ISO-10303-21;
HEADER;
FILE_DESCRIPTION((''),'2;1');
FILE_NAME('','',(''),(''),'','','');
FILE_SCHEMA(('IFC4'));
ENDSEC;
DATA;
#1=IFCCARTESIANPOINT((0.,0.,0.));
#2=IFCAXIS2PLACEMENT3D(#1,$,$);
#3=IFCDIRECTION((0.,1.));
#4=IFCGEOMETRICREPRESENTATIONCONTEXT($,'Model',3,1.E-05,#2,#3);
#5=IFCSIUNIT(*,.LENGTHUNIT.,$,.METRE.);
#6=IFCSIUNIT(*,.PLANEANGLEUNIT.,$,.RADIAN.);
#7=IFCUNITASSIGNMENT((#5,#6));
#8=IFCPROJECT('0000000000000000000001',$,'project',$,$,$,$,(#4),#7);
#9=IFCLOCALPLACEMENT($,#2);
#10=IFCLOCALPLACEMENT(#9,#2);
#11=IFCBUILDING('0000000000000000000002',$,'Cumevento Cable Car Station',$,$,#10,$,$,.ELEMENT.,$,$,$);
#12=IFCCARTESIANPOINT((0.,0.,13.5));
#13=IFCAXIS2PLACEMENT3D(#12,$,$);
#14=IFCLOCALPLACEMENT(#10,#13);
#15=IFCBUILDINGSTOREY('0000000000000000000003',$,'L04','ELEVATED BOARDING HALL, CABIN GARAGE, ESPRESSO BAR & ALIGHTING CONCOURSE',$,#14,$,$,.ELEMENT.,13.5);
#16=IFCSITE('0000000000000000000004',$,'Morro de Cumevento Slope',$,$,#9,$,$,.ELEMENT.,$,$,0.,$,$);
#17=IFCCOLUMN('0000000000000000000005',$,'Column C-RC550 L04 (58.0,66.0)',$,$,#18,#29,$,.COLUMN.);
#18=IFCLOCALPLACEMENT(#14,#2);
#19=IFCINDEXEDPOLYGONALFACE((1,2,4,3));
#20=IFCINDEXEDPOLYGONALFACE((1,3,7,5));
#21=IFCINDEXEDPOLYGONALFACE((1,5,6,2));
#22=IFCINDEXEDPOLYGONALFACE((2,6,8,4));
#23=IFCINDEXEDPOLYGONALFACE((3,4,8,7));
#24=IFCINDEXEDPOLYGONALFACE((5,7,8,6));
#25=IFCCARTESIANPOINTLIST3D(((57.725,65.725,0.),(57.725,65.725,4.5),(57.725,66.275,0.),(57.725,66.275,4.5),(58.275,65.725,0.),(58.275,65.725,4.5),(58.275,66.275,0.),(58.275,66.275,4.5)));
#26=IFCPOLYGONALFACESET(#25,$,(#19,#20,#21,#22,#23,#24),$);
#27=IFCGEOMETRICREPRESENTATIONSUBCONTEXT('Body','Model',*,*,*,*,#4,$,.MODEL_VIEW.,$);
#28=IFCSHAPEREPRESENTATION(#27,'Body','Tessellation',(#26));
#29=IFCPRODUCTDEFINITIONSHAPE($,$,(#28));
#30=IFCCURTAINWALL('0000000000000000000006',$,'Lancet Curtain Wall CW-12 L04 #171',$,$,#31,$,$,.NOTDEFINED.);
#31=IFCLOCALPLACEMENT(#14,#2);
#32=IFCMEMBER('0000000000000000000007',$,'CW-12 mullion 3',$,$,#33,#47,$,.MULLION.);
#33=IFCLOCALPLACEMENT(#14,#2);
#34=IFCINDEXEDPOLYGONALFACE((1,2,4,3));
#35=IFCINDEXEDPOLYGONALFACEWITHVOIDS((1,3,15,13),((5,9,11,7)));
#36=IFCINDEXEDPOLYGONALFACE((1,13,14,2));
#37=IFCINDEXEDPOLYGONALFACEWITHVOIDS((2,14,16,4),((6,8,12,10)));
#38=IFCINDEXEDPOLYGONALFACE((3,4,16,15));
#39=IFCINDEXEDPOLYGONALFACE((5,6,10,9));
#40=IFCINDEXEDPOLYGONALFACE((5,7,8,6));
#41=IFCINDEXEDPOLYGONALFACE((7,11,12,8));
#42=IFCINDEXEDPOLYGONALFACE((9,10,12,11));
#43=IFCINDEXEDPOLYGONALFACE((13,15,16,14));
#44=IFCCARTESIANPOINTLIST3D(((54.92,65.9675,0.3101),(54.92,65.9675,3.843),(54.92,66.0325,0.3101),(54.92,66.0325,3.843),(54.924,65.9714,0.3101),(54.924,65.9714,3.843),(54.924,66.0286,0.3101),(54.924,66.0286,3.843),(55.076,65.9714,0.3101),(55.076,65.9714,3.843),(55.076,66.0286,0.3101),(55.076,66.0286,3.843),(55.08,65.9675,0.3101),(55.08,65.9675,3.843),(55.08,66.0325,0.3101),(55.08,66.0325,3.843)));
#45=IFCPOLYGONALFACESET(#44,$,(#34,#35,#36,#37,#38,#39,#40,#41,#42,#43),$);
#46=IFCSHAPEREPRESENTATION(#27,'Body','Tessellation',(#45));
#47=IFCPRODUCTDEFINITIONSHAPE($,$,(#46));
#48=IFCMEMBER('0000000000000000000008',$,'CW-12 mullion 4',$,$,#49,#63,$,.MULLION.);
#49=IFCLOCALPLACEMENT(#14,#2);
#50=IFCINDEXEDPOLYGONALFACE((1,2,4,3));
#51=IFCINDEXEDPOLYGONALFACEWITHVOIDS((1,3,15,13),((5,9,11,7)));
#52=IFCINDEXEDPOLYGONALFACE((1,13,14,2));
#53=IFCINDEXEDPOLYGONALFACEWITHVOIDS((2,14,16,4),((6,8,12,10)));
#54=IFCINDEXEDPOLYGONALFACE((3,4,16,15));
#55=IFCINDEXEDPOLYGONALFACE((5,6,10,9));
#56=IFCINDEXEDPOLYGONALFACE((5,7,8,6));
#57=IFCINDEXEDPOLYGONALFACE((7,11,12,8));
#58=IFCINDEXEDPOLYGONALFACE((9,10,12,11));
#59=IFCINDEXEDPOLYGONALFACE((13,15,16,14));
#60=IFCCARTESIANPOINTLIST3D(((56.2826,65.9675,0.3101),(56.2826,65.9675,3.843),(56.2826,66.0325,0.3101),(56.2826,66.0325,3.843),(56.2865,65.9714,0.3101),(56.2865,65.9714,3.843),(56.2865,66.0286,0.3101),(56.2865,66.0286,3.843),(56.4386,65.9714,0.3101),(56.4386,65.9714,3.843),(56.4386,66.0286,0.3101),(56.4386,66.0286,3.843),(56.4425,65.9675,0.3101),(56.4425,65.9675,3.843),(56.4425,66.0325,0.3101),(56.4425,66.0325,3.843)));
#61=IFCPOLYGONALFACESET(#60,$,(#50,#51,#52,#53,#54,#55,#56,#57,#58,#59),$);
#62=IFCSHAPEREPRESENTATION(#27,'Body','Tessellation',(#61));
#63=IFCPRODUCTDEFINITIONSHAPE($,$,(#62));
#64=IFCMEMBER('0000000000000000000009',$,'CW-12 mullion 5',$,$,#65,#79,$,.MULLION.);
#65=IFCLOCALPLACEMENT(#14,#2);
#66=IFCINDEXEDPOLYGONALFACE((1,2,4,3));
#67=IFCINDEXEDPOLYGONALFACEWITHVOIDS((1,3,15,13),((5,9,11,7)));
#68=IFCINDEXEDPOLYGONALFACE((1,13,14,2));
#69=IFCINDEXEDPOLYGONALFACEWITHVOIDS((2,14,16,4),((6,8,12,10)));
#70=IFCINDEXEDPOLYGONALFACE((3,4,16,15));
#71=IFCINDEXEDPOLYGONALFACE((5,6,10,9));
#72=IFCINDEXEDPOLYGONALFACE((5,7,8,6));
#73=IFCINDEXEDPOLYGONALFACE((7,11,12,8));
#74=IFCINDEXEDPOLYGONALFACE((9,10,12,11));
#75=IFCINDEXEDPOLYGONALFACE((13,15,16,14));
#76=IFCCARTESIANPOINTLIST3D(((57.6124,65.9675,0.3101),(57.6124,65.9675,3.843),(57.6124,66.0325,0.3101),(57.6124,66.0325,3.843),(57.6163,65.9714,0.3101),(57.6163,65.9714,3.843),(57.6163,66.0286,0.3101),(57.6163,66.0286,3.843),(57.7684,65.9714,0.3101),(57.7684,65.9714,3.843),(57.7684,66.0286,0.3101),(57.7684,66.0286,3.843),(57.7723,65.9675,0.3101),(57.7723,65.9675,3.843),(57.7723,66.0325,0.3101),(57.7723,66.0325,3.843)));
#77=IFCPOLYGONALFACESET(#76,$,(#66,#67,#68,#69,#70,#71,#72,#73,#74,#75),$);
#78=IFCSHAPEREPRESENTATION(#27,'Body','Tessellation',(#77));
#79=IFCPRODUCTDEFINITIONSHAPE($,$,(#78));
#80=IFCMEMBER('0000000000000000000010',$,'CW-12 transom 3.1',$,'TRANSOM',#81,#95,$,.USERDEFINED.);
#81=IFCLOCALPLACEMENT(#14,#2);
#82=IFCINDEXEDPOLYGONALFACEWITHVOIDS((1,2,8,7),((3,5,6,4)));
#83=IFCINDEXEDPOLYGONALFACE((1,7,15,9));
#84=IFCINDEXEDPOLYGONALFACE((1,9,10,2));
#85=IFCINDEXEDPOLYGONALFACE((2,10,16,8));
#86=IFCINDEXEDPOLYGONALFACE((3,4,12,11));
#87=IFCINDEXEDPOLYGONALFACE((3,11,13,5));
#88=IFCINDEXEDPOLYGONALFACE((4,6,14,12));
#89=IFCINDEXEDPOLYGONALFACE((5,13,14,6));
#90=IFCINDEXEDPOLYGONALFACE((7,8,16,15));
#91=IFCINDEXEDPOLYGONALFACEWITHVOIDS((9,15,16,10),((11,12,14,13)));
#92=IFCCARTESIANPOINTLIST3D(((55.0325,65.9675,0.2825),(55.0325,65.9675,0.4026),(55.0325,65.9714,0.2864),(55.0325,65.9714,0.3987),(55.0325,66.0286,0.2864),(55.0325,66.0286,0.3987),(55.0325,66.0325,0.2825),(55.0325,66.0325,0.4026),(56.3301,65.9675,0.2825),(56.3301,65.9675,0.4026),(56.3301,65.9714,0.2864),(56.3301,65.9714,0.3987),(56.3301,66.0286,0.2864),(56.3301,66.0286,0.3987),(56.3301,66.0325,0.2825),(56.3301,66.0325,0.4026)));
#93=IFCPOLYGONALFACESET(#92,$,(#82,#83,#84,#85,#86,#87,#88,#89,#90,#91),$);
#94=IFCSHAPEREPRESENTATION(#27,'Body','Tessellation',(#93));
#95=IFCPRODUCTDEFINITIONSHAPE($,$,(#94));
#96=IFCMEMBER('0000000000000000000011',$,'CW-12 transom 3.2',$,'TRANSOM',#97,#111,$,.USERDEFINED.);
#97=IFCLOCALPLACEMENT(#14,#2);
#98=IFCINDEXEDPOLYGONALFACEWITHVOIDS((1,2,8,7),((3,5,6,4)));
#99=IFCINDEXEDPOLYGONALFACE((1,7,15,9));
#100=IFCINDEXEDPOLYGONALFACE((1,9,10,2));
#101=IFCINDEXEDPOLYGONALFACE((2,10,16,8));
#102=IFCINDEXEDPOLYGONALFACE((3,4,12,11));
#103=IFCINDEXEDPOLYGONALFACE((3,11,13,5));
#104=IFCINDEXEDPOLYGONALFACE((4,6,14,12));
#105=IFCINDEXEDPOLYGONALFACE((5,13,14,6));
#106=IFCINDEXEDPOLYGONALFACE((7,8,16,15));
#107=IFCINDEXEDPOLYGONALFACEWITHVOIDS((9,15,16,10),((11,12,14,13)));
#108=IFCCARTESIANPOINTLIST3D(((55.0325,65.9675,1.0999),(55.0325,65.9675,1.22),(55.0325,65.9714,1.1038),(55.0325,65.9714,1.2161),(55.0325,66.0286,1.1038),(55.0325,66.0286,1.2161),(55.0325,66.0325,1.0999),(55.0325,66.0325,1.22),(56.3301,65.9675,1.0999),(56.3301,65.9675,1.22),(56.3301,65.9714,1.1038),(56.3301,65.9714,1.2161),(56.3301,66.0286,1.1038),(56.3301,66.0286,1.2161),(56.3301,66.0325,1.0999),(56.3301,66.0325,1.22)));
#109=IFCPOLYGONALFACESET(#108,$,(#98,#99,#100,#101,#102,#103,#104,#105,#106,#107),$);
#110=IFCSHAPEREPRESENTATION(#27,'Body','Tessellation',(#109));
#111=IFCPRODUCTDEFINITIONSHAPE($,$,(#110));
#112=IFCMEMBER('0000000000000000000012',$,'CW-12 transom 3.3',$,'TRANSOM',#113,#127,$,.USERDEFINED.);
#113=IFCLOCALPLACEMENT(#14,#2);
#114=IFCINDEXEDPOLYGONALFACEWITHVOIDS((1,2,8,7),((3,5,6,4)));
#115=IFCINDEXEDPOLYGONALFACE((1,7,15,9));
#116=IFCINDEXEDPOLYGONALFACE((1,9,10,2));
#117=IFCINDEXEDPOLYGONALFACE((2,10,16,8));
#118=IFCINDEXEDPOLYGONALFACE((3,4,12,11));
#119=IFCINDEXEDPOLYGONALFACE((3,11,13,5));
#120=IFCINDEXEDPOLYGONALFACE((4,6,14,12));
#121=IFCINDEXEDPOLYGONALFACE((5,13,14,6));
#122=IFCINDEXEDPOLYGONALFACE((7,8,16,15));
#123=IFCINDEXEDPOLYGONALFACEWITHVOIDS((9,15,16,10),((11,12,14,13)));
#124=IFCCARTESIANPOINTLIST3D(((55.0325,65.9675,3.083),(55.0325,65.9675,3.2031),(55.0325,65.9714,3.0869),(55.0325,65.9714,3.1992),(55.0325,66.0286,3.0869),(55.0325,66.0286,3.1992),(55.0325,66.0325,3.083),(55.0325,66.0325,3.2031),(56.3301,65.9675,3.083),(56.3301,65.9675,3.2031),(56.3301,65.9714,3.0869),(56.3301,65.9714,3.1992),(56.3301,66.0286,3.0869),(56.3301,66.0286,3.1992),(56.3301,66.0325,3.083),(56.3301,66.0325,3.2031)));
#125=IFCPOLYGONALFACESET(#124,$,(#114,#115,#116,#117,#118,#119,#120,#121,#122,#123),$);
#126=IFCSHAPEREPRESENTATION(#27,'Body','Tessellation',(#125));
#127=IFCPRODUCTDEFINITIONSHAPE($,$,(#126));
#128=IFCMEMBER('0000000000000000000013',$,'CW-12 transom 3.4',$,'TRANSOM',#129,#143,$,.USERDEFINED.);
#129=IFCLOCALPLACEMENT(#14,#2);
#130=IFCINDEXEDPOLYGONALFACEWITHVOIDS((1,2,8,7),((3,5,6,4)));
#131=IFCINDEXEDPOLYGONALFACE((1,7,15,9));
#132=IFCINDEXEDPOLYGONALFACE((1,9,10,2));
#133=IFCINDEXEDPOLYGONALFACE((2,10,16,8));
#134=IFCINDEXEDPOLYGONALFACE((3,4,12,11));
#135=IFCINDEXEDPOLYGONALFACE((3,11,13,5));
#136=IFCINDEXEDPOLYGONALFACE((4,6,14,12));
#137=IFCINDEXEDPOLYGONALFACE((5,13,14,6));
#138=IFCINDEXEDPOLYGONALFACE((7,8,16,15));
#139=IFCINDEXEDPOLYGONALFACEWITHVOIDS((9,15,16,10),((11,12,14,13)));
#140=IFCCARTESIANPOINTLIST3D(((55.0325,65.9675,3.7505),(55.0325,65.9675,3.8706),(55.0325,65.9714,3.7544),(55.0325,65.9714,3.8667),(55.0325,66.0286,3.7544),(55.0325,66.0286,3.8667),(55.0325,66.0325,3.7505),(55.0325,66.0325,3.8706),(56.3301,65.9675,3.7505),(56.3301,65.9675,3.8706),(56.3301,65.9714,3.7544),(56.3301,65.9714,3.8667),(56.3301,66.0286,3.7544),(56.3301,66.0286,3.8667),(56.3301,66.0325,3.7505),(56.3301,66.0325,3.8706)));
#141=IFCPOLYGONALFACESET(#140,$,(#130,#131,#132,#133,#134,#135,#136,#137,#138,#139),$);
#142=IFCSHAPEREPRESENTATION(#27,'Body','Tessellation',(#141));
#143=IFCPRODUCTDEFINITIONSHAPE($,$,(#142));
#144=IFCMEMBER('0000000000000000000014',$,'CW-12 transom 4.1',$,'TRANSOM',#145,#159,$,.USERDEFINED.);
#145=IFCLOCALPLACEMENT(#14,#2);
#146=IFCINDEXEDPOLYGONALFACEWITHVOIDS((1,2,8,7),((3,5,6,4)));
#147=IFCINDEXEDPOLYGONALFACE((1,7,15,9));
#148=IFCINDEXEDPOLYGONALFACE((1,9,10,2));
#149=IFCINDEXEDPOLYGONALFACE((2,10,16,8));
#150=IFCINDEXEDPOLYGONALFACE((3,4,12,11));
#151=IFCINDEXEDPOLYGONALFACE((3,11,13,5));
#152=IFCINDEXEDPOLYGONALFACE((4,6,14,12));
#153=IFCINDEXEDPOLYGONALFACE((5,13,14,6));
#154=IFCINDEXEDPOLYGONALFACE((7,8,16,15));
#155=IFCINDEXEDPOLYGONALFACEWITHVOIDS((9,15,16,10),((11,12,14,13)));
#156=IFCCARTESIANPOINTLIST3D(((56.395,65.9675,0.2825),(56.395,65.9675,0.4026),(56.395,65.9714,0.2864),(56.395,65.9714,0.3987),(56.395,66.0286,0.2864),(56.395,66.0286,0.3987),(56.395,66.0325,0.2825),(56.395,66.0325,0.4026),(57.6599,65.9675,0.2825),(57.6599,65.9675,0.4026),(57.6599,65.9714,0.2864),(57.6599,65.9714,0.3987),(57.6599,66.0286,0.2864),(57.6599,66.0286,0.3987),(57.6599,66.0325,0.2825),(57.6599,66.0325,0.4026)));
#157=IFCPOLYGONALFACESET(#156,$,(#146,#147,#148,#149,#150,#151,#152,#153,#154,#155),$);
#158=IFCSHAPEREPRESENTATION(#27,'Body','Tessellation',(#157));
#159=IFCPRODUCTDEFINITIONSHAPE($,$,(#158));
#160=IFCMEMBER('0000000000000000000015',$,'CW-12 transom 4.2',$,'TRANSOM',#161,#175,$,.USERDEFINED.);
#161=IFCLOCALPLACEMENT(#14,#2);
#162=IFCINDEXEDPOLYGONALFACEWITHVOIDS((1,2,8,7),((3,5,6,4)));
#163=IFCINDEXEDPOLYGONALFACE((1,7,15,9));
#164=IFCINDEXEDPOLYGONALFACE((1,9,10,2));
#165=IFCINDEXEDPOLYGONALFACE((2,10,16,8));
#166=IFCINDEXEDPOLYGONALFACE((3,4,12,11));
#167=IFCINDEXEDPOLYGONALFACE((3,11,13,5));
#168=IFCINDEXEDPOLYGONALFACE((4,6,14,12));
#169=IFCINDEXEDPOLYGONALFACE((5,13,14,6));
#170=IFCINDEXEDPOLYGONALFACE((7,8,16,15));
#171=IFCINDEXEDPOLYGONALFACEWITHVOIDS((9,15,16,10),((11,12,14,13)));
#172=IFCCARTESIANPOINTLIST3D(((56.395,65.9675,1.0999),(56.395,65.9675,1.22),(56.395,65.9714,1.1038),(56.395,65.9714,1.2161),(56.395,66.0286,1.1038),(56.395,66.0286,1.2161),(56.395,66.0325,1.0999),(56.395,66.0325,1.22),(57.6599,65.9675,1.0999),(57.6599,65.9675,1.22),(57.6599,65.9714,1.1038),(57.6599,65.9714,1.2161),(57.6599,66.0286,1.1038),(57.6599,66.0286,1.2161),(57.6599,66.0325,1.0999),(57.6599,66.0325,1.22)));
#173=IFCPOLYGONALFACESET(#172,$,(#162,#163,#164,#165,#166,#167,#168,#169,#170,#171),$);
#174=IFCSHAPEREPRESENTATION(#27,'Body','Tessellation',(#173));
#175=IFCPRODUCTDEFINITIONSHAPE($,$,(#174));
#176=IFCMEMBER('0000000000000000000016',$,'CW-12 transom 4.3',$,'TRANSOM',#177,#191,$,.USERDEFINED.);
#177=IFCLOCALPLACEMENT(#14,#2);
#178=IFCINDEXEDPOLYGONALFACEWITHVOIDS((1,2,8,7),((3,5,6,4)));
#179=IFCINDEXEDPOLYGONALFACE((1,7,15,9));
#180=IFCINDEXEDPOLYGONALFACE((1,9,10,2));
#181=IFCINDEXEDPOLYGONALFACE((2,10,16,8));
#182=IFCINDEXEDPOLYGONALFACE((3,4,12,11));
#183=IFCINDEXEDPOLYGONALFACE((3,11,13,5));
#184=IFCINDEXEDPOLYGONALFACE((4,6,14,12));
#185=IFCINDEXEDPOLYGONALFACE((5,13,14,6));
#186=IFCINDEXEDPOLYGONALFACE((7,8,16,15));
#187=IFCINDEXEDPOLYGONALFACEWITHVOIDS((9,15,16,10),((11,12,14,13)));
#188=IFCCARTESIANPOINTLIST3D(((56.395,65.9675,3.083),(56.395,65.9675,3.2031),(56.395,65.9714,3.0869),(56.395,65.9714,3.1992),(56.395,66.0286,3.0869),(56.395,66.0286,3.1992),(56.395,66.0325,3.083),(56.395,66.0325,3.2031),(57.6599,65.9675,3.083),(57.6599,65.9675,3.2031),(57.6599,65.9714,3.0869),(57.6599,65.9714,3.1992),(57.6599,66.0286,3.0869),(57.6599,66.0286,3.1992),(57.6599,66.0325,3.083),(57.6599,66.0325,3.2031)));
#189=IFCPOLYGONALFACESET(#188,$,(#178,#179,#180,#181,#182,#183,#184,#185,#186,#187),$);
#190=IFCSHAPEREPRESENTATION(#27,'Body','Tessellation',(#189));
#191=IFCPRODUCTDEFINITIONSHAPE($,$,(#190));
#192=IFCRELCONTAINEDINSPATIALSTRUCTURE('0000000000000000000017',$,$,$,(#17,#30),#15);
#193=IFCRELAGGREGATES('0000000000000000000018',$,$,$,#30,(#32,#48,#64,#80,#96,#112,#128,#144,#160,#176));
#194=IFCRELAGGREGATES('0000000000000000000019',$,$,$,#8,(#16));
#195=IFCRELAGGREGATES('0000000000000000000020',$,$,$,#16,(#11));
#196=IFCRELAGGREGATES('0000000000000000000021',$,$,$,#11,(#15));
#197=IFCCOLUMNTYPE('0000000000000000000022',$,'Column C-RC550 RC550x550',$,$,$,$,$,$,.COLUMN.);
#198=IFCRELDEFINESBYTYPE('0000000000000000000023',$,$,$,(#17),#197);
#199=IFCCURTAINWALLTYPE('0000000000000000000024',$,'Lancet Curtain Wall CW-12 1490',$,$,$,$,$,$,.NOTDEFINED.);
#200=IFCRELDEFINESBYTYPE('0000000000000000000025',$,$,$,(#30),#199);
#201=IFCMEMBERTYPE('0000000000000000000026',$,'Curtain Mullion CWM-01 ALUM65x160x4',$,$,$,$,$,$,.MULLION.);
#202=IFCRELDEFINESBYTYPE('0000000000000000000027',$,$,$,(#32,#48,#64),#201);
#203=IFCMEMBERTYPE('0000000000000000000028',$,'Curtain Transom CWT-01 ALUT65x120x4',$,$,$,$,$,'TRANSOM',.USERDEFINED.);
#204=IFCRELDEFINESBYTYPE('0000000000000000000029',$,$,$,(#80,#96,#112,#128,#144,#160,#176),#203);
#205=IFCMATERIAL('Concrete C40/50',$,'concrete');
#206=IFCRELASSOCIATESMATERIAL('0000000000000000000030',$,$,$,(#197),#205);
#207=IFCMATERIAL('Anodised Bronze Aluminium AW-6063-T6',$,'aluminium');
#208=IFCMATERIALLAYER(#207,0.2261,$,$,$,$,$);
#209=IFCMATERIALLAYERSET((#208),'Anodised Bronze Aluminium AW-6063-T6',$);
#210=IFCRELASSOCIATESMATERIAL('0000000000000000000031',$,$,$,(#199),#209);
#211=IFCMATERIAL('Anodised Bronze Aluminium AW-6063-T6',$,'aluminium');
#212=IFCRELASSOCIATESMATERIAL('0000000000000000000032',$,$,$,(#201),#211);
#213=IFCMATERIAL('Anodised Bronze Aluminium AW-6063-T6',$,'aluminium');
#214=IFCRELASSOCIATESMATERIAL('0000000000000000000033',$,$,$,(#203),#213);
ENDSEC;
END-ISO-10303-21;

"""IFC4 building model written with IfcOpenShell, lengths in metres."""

from ifc_helpers import new_model, si_unit, direction, frame, origin, origin_2d, place, context, subcontext, project, spatial, rectangle, hollow_rectangle, extrude, material, layer, layer_set, material_profile, profile_set, type_object, element, aggregate, save


model = new_model("IFC4")

# Units and contexts
model_context = context("Model", 3, precision=1e-05, world=origin(), true_north=direction((0.0, 1.0)))
body_context = subcontext(model_context, "Body", "Model", "MODEL_VIEW")
ifc_project = project(units=[si_unit("LENGTHUNIT", "METRE"), si_unit("PLANEANGLEUNIT", "RADIAN")], contexts=[model_context])

# Site, building, storey
site_placement = place(None, origin())
site = spatial("IfcSite", under=ifc_project, at=site_placement, Name="Morro de Cumevento Slope", CompositionType="ELEMENT", RefElevation=0.0)
building_placement = place(site_placement, origin())
building = spatial("IfcBuilding", under=site, at=building_placement, Name="Cumevento Cable Car Station", CompositionType="ELEMENT")
storey_placement = place(building_placement, frame((0.0, 0.0, 13.5)))
storey = spatial("IfcBuildingStorey", under=building, at=storey_placement, Name="L04", Description="ELEVATED BOARDING HALL, CABIN GARAGE, ESPRESSO BAR & ALIGHTING CONCOURSE", CompositionType="ELEMENT", Elevation=13.5)

# Column
ifc_material_1 = material(Name="Concrete C40/50", Category="concrete")
ifc_material_profile_1 = material_profile(ifc_material_1, rectangle(XDim=0.55, YDim=0.55, at=origin_2d()), Name="RC550x550")
ifc_profile_set_1 = profile_set([ifc_material_profile_1], Name="Concrete C40/50")
column_type = type_object("IfcColumnType", Name="Column C-RC550 RC550x550", PredefinedType="COLUMN", material=ifc_profile_set_1)
column_placement = place(storey_placement, frame((58.0, 66.0, 0.0), z_axis=(0.0, 0.0, 1.0), x_axis=(1.0, 0.0, 0.0)))
element("IfcColumn", 1, at=column_placement, inside=storey, type_object=column_type, Name="Column C-RC550 L04 (58.0,66.0)", PredefinedType="COLUMN", context=body_context, shape_type="SweptSolid", body=[
    extrude(rectangle(XDim=0.55, YDim=0.55, at=origin_2d()), origin(), (0.0, 0.0, 1.0), 4.5),
])

# Curtain wall, members
ifc_material_2 = material(Name="Anodised Bronze Aluminium AW-6063-T6", Category="aluminium")
ifc_layer_1 = layer(ifc_material_2, 0.2261)
ifc_layer_set_1 = layer_set([ifc_layer_1], Name="Anodised Bronze Aluminium AW-6063-T6")
curtain_wall_type = type_object("IfcCurtainWallType", Name="Lancet Curtain Wall CW-12 1490", PredefinedType="NOTDEFINED", material=ifc_layer_set_1)
curtain_wall_placement = place(storey_placement, origin())
curtain_wall = element("IfcCurtainWall", 2, at=curtain_wall_placement, inside=storey, type_object=curtain_wall_type, Name="Lancet Curtain Wall CW-12 L04 #171", PredefinedType="NOTDEFINED")
ifc_material_3 = material(Name="Anodised Bronze Aluminium AW-6063-T6", Category="aluminium")
ifc_material_profile_2 = material_profile(ifc_material_3, hollow_rectangle(XDim=0.0649, YDim=0.1599, WallThickness=0.0039, at=origin_2d()), Name="ALUM65x160x4")
ifc_profile_set_2 = profile_set([ifc_material_profile_2], Name="Anodised Bronze Aluminium AW-6063-T6")
member_type_1 = type_object("IfcMemberType", Name="Curtain Mullion CWM-01 ALUM65x160x4", PredefinedType="MULLION", material=ifc_profile_set_2)
member_1_placement = place(storey_placement, frame((55.0, 66.0, 0.3101), z_axis=(0.0, 0.0, 1.0), x_axis=(0.0, 1.0, 0.0)))
member_1 = element("IfcMember", 3, at=member_1_placement, type_object=member_type_1, Name="CW-12 mullion 3", PredefinedType="MULLION", context=body_context, shape_type="SweptSolid", body=[
    extrude(hollow_rectangle(XDim=0.0649, YDim=0.1599, WallThickness=0.0039, at=origin_2d()), origin(), (0.0, 0.0, 1.0), 3.533),
])
member_2_placement = place(storey_placement, frame((56.3625, 66.0, 0.3101), z_axis=(0.0, 0.0, 1.0), x_axis=(0.0, 1.0, 0.0)))
member_2 = element("IfcMember", 4, at=member_2_placement, type_object=member_type_1, Name="CW-12 mullion 4", PredefinedType="MULLION", context=body_context, shape_type="SweptSolid", body=[
    extrude(hollow_rectangle(XDim=0.0649, YDim=0.1599, WallThickness=0.0039, at=origin_2d()), origin(), (0.0, 0.0, 1.0), 3.533),
])
member_3_placement = place(storey_placement, frame((57.6924, 66.0, 0.3101), z_axis=(0.0, 0.0, 1.0), x_axis=(0.0, 1.0, 0.0)))
member_3 = element("IfcMember", 5, at=member_3_placement, type_object=member_type_1, Name="CW-12 mullion 5", PredefinedType="MULLION", context=body_context, shape_type="SweptSolid", body=[
    extrude(hollow_rectangle(XDim=0.0649, YDim=0.1599, WallThickness=0.0039, at=origin_2d()), origin(), (0.0, 0.0, 1.0), 3.533),
])
ifc_material_4 = material(Name="Anodised Bronze Aluminium AW-6063-T6", Category="aluminium")
ifc_material_profile_3 = material_profile(ifc_material_4, hollow_rectangle(XDim=0.0649, YDim=0.1201, WallThickness=0.0039, at=origin_2d()), Name="ALUT65x120x4")
ifc_profile_set_3 = profile_set([ifc_material_profile_3], Name="Anodised Bronze Aluminium AW-6063-T6")
member_type_2 = type_object("IfcMemberType", Name="Curtain Transom CWT-01 ALUT65x120x4", ElementType="TRANSOM", PredefinedType="USERDEFINED", material=ifc_profile_set_3)
member_4_placement = place(storey_placement, frame((55.0325, 66.0, 0.3425), z_axis=(1.0, 0.0, 0.0), x_axis=(0.0, 1.0, 0.0)))
member_4 = element("IfcMember", 6, at=member_4_placement, type_object=member_type_2, Name="CW-12 transom 3.1", ObjectType="TRANSOM", PredefinedType="USERDEFINED", context=body_context, shape_type="SweptSolid", body=[
    extrude(hollow_rectangle(XDim=0.0649, YDim=0.1201, WallThickness=0.0039, at=origin_2d()), origin(), (0.0, 0.0, 1.0), 1.2976),
])
member_5_placement = place(storey_placement, frame((55.0325, 66.0, 1.1599), z_axis=(1.0, 0.0, 0.0), x_axis=(0.0, 1.0, 0.0)))
member_5 = element("IfcMember", 7, at=member_5_placement, type_object=member_type_2, Name="CW-12 transom 3.2", ObjectType="TRANSOM", PredefinedType="USERDEFINED", context=body_context, shape_type="SweptSolid", body=[
    extrude(hollow_rectangle(XDim=0.0649, YDim=0.1201, WallThickness=0.0039, at=origin_2d()), origin(), (0.0, 0.0, 1.0), 1.2976),
])
member_6_placement = place(storey_placement, frame((55.0325, 66.0, 3.1431), z_axis=(1.0, 0.0, 0.0), x_axis=(0.0, 1.0, 0.0)))
member_6 = element("IfcMember", 8, at=member_6_placement, type_object=member_type_2, Name="CW-12 transom 3.3", ObjectType="TRANSOM", PredefinedType="USERDEFINED", context=body_context, shape_type="SweptSolid", body=[
    extrude(hollow_rectangle(XDim=0.0649, YDim=0.1201, WallThickness=0.0039, at=origin_2d()), origin(), (0.0, 0.0, 1.0), 1.2976),
])
member_7_placement = place(storey_placement, frame((55.0325, 66.0, 3.8105), z_axis=(1.0, 0.0, 0.0), x_axis=(0.0, 1.0, 0.0)))
member_7 = element("IfcMember", 9, at=member_7_placement, type_object=member_type_2, Name="CW-12 transom 3.4", ObjectType="TRANSOM", PredefinedType="USERDEFINED", context=body_context, shape_type="SweptSolid", body=[
    extrude(hollow_rectangle(XDim=0.0649, YDim=0.1201, WallThickness=0.0039, at=origin_2d()), origin(), (0.0, 0.0, 1.0), 1.2976),
])
member_8_placement = place(storey_placement, frame((56.395, 66.0, 0.3425), z_axis=(1.0, 0.0, 0.0), x_axis=(0.0, 1.0, 0.0)))
member_8 = element("IfcMember", 10, at=member_8_placement, type_object=member_type_2, Name="CW-12 transom 4.1", ObjectType="TRANSOM", PredefinedType="USERDEFINED", context=body_context, shape_type="SweptSolid", body=[
    extrude(hollow_rectangle(XDim=0.0649, YDim=0.1201, WallThickness=0.0039, at=origin_2d()), origin(), (0.0, 0.0, 1.0), 1.2649),
])
member_9_placement = place(storey_placement, frame((56.395, 66.0, 1.1599), z_axis=(1.0, 0.0, 0.0), x_axis=(0.0, 1.0, 0.0)))
member_9 = element("IfcMember", 11, at=member_9_placement, type_object=member_type_2, Name="CW-12 transom 4.2", ObjectType="TRANSOM", PredefinedType="USERDEFINED", context=body_context, shape_type="SweptSolid", body=[
    extrude(hollow_rectangle(XDim=0.0649, YDim=0.1201, WallThickness=0.0039, at=origin_2d()), origin(), (0.0, 0.0, 1.0), 1.2649),
])
member_10_placement = place(storey_placement, frame((56.395, 66.0, 3.1431), z_axis=(1.0, 0.0, 0.0), x_axis=(0.0, 1.0, 0.0)))
member_10 = element("IfcMember", 12, at=member_10_placement, type_object=member_type_2, Name="CW-12 transom 4.3", ObjectType="TRANSOM", PredefinedType="USERDEFINED", context=body_context, shape_type="SweptSolid", body=[
    extrude(hollow_rectangle(XDim=0.0649, YDim=0.1201, WallThickness=0.0039, at=origin_2d()), origin(), (0.0, 0.0, 1.0), 1.2649),
])

aggregate(curtain_wall, [member_1, member_2, member_3, member_4, member_5, member_6, member_7, member_8, member_9, member_10])

save(model, "model.ifc")
